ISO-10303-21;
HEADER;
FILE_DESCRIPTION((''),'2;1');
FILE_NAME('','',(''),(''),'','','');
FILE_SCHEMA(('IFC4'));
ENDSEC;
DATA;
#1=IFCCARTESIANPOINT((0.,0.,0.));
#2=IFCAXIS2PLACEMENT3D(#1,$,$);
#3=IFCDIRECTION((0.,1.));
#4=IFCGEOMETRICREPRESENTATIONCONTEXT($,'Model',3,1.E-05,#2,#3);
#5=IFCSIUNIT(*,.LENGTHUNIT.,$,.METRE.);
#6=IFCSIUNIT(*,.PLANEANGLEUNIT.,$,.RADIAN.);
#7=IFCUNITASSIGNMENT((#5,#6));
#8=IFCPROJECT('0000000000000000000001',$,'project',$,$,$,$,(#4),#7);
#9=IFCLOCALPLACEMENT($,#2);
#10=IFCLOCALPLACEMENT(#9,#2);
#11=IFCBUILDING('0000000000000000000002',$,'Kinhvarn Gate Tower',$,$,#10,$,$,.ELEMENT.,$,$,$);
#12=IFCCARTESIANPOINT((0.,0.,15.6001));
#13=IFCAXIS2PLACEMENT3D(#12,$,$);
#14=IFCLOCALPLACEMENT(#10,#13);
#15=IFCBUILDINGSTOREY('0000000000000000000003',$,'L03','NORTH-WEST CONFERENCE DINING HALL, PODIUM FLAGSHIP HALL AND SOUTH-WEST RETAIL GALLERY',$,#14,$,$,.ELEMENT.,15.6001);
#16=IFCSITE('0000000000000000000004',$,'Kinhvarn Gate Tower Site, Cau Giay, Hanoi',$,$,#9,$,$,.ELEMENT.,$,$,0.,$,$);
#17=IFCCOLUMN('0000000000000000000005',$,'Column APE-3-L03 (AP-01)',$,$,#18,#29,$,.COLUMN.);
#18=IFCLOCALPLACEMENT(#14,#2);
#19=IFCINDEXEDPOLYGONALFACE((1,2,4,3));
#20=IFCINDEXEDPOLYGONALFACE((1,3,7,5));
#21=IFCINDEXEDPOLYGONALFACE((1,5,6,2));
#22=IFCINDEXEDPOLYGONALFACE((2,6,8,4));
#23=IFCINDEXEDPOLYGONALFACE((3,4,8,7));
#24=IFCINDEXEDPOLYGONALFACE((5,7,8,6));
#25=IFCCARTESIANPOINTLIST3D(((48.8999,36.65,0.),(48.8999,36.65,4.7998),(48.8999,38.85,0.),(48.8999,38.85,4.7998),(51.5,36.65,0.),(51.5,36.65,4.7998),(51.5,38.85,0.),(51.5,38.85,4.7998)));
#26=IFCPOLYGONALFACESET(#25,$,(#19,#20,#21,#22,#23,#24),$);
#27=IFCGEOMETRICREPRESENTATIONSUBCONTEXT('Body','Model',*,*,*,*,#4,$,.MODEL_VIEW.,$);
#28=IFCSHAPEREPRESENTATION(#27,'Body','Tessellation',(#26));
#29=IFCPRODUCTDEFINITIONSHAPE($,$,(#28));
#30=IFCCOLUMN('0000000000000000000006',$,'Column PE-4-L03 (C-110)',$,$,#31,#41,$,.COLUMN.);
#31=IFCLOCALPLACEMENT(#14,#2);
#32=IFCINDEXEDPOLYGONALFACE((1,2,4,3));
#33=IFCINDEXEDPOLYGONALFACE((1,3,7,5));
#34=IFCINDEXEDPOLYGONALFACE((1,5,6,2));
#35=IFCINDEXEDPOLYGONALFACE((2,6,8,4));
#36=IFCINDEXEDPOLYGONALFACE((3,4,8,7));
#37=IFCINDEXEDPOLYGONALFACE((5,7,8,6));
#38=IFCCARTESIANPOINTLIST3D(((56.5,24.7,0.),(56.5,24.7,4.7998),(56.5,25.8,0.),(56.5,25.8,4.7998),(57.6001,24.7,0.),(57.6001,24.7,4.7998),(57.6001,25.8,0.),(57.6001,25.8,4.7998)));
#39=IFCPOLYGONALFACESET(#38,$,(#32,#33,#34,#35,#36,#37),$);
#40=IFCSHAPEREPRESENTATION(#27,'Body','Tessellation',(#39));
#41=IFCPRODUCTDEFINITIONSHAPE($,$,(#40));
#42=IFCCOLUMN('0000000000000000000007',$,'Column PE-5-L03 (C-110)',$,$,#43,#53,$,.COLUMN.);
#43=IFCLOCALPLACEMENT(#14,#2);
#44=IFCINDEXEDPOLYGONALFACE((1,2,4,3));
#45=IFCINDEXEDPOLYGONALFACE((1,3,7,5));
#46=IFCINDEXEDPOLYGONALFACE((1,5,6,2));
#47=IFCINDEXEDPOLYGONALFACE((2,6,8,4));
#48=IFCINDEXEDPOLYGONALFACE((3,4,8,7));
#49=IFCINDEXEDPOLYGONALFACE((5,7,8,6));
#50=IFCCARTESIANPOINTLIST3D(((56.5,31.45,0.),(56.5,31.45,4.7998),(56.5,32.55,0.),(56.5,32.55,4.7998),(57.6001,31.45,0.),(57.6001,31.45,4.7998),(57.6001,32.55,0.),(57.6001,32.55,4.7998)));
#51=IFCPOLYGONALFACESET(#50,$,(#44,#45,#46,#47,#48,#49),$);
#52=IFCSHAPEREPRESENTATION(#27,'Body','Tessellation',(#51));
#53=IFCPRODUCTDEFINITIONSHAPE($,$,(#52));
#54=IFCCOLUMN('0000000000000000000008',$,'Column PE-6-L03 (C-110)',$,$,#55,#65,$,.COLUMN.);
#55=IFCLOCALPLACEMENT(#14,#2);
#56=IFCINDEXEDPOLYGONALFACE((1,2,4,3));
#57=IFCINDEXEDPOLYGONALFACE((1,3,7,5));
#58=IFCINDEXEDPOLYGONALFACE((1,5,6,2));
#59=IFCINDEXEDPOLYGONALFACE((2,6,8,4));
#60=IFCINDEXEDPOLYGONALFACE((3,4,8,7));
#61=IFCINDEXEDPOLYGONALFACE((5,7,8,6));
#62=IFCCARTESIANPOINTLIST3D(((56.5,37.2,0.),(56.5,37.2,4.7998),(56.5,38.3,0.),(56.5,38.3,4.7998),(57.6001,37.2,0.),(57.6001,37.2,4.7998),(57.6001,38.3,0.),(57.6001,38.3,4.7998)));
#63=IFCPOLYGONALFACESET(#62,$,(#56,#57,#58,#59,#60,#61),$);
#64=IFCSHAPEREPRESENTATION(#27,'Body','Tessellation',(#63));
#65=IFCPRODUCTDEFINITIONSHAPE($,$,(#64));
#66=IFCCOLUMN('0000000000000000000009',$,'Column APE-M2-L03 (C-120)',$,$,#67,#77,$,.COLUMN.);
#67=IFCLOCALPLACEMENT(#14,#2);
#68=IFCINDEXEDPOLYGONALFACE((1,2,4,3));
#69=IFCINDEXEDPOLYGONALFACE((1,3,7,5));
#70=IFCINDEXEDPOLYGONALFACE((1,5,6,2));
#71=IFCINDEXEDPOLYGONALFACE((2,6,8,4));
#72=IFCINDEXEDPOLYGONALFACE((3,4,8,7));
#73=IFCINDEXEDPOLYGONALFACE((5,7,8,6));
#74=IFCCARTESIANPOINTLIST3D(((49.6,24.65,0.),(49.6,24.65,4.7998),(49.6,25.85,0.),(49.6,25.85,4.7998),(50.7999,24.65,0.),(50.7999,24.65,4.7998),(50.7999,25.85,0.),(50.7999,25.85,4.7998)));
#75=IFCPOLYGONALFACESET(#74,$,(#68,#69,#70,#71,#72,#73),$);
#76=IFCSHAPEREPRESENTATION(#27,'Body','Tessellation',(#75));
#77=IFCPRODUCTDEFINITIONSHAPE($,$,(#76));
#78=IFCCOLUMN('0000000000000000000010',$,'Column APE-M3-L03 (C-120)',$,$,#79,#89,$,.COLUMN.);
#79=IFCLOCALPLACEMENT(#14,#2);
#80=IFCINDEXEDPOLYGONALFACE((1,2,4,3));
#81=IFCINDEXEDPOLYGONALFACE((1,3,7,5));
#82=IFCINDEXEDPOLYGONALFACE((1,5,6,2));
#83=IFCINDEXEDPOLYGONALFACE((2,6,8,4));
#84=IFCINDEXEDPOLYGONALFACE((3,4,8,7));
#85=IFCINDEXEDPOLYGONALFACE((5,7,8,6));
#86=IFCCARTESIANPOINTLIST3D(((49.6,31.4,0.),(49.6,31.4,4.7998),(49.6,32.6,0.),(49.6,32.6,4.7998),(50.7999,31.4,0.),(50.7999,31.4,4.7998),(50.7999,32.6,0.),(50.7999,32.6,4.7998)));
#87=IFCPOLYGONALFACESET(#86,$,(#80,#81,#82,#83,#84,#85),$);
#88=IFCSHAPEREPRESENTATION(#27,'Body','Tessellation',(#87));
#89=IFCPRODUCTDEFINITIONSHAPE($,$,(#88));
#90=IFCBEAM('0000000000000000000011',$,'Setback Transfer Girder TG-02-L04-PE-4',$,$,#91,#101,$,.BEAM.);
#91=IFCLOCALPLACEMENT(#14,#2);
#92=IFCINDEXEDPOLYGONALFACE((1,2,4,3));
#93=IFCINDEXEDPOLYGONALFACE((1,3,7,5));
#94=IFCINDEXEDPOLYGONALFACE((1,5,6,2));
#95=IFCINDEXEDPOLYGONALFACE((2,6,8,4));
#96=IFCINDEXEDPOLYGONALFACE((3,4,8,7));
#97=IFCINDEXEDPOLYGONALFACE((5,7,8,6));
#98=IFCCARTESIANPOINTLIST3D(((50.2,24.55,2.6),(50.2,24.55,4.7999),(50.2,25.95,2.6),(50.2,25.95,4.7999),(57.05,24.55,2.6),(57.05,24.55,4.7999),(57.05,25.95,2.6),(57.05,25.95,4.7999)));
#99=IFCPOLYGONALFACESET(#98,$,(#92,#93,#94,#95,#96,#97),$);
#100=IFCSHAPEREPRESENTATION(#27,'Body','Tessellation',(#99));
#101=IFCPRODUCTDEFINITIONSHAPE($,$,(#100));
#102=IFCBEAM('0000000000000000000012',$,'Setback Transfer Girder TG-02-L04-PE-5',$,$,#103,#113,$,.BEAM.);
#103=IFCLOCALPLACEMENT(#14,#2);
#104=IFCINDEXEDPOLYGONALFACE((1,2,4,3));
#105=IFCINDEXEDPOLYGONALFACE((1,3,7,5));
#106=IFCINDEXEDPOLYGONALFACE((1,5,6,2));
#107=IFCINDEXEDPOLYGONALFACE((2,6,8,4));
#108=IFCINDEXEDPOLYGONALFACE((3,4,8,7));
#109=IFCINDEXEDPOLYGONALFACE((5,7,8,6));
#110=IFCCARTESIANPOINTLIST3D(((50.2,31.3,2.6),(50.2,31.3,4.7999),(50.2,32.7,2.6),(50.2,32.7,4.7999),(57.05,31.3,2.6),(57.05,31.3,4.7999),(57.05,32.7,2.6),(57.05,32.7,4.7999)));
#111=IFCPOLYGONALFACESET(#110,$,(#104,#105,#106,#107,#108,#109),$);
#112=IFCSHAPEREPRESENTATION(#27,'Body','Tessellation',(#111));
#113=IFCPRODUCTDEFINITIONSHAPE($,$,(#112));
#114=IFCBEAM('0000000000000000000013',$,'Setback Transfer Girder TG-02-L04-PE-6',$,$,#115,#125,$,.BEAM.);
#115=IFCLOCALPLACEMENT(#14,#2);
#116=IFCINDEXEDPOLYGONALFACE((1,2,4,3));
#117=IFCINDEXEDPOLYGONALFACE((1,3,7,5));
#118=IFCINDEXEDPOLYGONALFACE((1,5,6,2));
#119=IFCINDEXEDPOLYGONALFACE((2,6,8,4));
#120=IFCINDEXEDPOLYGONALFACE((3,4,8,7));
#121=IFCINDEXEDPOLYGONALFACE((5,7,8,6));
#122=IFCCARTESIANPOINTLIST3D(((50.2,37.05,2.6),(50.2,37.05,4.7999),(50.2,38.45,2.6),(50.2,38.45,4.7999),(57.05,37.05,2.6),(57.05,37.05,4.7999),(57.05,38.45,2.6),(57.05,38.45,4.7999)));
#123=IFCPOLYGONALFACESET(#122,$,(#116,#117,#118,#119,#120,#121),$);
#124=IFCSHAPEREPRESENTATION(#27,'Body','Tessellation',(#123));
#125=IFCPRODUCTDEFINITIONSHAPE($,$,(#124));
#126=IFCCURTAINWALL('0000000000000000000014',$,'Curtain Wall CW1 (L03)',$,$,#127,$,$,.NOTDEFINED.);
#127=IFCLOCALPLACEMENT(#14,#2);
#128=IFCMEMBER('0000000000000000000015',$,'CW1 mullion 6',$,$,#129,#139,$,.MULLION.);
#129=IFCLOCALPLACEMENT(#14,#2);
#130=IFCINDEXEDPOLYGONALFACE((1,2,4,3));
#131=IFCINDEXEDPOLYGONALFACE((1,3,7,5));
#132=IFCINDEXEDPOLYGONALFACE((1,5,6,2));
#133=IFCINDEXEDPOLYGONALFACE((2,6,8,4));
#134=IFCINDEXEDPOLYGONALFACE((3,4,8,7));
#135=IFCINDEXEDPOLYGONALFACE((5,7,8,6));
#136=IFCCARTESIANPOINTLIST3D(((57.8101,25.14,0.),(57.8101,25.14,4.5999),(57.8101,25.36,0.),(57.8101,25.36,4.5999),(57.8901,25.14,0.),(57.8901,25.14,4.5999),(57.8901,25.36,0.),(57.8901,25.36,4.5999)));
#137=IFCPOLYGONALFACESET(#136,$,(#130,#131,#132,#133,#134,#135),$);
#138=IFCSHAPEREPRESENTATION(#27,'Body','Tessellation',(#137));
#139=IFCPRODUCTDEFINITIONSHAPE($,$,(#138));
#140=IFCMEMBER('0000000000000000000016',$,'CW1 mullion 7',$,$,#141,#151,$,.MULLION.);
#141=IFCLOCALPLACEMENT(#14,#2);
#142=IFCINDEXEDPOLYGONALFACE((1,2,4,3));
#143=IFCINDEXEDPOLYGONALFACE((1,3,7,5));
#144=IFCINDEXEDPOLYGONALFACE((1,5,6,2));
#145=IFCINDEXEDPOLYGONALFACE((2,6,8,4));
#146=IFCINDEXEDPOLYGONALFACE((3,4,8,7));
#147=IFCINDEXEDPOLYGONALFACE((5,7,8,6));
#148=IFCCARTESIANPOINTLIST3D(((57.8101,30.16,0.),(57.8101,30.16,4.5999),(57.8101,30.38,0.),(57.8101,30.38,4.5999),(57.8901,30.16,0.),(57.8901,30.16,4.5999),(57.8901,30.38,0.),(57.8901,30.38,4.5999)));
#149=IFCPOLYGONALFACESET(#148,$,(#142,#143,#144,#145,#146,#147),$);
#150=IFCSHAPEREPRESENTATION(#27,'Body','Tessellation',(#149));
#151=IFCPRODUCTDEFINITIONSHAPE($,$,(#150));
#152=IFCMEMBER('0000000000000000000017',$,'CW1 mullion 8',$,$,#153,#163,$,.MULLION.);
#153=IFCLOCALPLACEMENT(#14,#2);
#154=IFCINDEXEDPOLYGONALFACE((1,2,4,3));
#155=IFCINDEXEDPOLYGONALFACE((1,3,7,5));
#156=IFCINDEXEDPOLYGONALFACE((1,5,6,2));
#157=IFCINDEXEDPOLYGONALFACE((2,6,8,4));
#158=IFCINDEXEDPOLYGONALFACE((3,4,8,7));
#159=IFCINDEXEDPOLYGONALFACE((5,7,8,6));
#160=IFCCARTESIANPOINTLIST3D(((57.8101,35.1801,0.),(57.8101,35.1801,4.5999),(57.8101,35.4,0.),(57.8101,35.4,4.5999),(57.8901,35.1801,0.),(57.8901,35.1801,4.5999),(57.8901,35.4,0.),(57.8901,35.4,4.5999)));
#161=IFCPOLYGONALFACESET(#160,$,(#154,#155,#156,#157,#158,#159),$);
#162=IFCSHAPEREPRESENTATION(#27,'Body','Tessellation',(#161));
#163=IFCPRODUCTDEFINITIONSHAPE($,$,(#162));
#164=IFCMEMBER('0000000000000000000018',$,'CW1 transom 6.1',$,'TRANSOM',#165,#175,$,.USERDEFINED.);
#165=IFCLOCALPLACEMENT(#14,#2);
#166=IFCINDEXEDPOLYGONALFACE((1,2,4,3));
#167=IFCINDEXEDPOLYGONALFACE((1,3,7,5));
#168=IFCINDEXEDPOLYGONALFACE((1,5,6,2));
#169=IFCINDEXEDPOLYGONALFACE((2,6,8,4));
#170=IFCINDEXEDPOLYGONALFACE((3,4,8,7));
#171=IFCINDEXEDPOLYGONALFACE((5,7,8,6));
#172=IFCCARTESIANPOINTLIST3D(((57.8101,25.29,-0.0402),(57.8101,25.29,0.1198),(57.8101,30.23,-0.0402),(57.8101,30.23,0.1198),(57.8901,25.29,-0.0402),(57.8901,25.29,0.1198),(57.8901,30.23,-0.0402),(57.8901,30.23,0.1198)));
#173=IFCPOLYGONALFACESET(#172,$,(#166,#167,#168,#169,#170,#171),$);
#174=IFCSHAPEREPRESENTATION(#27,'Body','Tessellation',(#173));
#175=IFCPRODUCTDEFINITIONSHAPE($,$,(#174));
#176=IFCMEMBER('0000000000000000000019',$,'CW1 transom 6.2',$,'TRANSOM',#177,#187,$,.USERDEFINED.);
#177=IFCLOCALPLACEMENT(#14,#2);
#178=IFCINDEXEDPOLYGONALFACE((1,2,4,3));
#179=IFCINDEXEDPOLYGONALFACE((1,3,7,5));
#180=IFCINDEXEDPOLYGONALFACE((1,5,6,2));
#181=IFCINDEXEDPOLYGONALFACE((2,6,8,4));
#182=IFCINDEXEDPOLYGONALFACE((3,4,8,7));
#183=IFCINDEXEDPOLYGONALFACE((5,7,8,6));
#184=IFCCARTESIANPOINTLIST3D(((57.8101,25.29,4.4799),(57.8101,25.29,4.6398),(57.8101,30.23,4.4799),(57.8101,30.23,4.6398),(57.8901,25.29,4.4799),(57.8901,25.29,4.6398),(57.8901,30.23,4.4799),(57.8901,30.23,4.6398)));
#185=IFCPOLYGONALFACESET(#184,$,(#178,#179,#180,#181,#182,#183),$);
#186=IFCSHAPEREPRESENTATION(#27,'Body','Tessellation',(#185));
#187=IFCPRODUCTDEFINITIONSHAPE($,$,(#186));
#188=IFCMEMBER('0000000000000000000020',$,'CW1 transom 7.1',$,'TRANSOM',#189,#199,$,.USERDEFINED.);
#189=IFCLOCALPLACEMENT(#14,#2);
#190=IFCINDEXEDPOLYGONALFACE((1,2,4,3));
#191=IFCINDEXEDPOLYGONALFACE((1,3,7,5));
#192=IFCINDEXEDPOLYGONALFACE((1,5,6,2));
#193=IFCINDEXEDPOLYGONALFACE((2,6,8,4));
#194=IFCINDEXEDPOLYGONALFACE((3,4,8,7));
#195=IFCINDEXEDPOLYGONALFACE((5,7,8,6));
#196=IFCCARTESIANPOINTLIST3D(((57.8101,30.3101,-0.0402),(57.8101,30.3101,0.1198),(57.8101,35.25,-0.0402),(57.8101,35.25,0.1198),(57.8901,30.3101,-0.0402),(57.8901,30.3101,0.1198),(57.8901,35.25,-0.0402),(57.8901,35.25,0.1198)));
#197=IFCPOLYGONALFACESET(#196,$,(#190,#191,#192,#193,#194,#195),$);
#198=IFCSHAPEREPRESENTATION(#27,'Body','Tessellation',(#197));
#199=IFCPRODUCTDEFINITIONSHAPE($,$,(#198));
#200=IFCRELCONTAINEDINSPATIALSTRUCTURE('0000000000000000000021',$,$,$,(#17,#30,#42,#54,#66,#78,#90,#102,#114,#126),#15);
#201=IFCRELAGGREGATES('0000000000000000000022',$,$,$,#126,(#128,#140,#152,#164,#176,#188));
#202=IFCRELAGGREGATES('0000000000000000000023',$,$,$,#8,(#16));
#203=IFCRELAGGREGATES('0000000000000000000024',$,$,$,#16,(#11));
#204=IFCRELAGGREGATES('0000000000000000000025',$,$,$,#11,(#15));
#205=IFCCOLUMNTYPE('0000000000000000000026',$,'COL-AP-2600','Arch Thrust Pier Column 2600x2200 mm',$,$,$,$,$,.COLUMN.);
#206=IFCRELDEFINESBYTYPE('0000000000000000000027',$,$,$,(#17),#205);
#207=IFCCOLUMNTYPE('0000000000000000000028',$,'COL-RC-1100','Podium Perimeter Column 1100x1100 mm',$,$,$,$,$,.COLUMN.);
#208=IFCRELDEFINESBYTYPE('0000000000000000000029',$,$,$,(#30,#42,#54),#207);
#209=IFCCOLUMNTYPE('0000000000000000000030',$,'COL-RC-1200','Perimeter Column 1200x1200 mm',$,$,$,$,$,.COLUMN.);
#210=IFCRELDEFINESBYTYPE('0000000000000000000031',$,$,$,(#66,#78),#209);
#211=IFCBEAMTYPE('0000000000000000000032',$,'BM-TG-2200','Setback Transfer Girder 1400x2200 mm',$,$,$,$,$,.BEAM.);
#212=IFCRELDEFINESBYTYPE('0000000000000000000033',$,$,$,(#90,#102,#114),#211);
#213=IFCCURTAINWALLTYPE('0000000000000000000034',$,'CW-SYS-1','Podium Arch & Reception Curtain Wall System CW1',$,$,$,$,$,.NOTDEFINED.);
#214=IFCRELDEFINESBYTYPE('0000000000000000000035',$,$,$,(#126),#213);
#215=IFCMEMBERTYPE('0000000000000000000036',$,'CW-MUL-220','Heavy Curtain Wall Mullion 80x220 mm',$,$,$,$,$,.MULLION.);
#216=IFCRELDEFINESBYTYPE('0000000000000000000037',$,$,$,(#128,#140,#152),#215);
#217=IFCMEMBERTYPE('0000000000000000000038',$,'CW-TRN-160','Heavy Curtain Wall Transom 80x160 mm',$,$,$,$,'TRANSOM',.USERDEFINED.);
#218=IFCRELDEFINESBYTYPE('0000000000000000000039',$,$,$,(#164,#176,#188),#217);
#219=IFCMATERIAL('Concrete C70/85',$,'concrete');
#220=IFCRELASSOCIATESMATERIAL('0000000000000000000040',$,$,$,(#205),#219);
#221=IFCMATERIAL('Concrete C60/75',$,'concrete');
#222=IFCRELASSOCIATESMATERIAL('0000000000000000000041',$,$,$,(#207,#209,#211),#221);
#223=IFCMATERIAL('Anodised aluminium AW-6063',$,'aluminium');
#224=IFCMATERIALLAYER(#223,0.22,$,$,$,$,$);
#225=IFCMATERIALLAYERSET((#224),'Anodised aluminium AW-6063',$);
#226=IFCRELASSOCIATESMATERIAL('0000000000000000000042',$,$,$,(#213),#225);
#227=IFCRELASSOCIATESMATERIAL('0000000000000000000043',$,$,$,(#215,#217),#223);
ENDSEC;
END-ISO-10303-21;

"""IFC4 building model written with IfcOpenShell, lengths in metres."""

from ifc_helpers import new_model, si_unit, direction, frame, origin, origin_2d, place, context, subcontext, project, spatial, rectangle, extrude, material, layer, layer_set, material_profile, profile_set, type_object, element, aggregate, save


model = new_model("IFC4")

# Units and contexts
model_context = context("Model", 3, precision=1e-05, world=origin(), true_north=direction((0.0, 1.0)))
body_context = subcontext(model_context, "Body", "Model", "MODEL_VIEW")
ifc_project = project(units=[si_unit("LENGTHUNIT", "METRE"), si_unit("PLANEANGLEUNIT", "RADIAN")], contexts=[model_context])

# Site, building, storey
site_placement = place(None, origin())
site = spatial("IfcSite", under=ifc_project, at=site_placement, Name="Kinhvarn Gate Tower Site, Cau Giay, Hanoi", CompositionType="ELEMENT", RefElevation=0.0)
building_placement = place(site_placement, origin())
building = spatial("IfcBuilding", under=site, at=building_placement, Name="Kinhvarn Gate Tower", CompositionType="ELEMENT")
storey_placement = place(building_placement, frame((0.0, 0.0, 15.6001)))
storey = spatial("IfcBuildingStorey", under=building, at=storey_placement, Name="L03", Description="NORTH-WEST CONFERENCE DINING HALL, PODIUM FLAGSHIP HALL AND SOUTH-WEST RETAIL GALLERY", CompositionType="ELEMENT", Elevation=15.6001)

# Columns
ifc_material_1 = material(Name="Concrete C70/85", Category="concrete")
ifc_material_profile_1 = material_profile(ifc_material_1, rectangle(XDim=2.6001, YDim=2.2, at=origin_2d()), Name="RC 2600x2200")
ifc_profile_set_1 = profile_set([ifc_material_profile_1], Name="Concrete C70/85")
column_type_1 = type_object("IfcColumnType", Name="COL-AP-2600", Description="Arch Thrust Pier Column 2600x2200 mm", PredefinedType="COLUMN", material=ifc_profile_set_1)
column_placement = place(storey_placement, frame((50.2, 37.75, 0.0), z_axis=(0.0, 0.0, 1.0), x_axis=(1.0, 0.0, 0.0)))
element("IfcColumn", 1, at=column_placement, inside=storey, type_object=column_type_1, Name="Column APE-3-L03 (AP-01)", PredefinedType="COLUMN", context=body_context, shape_type="SweptSolid", body=[
    extrude(rectangle(XDim=2.6001, YDim=2.2, at=origin_2d()), origin(), (0.0, 0.0, 1.0), 4.7998),
])
ifc_material_2 = material(Name="Concrete C60/75", Category="concrete")
ifc_material_profile_2 = material_profile(ifc_material_2, rectangle(XDim=1.1001, YDim=1.1001, at=origin_2d()), Name="RC 1100x1100")
ifc_profile_set_2 = profile_set([ifc_material_profile_2], Name="Concrete C60/75")
column_type_2 = type_object("IfcColumnType", Name="COL-RC-1100", Description="Podium Perimeter Column 1100x1100 mm", PredefinedType="COLUMN", material=ifc_profile_set_2)
for number, where, z_axis, x_axis, name in (
    (2, (57.05, 25.25, 0.0), (0.0, 0.0, 1.0), (1.0, 0.0, 0.0), "Column PE-4-L03 (C-110)"),
    (3, (57.05, 32.0, 0.0), (0.0, 0.0, 1.0), (1.0, 0.0, 0.0), "Column PE-5-L03 (C-110)"),
    (4, (57.05, 37.75, 0.0), (0.0, 0.0, 1.0), (1.0, 0.0, 0.0), "Column PE-6-L03 (C-110)"),
):
    element("IfcColumn", number, at=place(storey_placement, frame(where, z_axis=z_axis, x_axis=x_axis)), inside=storey, type_object=column_type_2, Name=name, PredefinedType="COLUMN", context=body_context, shape_type="SweptSolid", body=[
        extrude(rectangle(XDim=1.1001, YDim=1.1001, at=origin_2d()), origin(), (0.0, 0.0, 1.0), 4.7998),
    ])
ifc_material_profile_3 = material_profile(ifc_material_2, rectangle(XDim=1.2, YDim=1.2, at=origin_2d()), Name="RC 1200x1200")
ifc_profile_set_3 = profile_set([ifc_material_profile_3], Name="Concrete C60/75")
column_type_3 = type_object("IfcColumnType", Name="COL-RC-1200", Description="Perimeter Column 1200x1200 mm", PredefinedType="COLUMN", material=ifc_profile_set_3)
for number, where, z_axis, x_axis, name in (
    (5, (50.2, 25.25, 0.0), (0.0, 0.0, 1.0), (1.0, 0.0, 0.0), "Column APE-M2-L03 (C-120)"),
    (6, (50.2, 32.0, 0.0), (0.0, 0.0, 1.0), (1.0, 0.0, 0.0), "Column APE-M3-L03 (C-120)"),
):
    element("IfcColumn", number, at=place(storey_placement, frame(where, z_axis=z_axis, x_axis=x_axis)), inside=storey, type_object=column_type_3, Name=name, PredefinedType="COLUMN", context=body_context, shape_type="SweptSolid", body=[
        extrude(rectangle(XDim=1.2, YDim=1.2, at=origin_2d()), origin(), (0.0, 0.0, 1.0), 4.7998),
    ])

# Beams
ifc_material_profile_4 = material_profile(ifc_material_2, rectangle(XDim=1.3999, YDim=2.2, at=origin_2d()), Name="RC 1400x2200")
ifc_profile_set_4 = profile_set([ifc_material_profile_4], Name="Concrete C60/75")
beam_type_1 = type_object("IfcBeamType", Name="BM-TG-2200", Description="Setback Transfer Girder 1400x2200 mm", PredefinedType="BEAM", material=ifc_profile_set_4)
for number, where, z_axis, x_axis, name in (
    (7, (50.2, 25.25, 3.7), (1.0, 0.0, 0.0), (0.0, 1.0, 0.0), "Setback Transfer Girder TG-02-L04-PE-4"),
    (8, (50.2, 32.0, 3.7), (1.0, 0.0, 0.0), (0.0, 1.0, 0.0), "Setback Transfer Girder TG-02-L04-PE-5"),
    (9, (50.2, 37.75, 3.7), (1.0, 0.0, 0.0), (0.0, 1.0, 0.0), "Setback Transfer Girder TG-02-L04-PE-6"),
):
    element("IfcBeam", number, at=place(storey_placement, frame(where, z_axis=z_axis, x_axis=x_axis)), inside=storey, type_object=beam_type_1, Name=name, PredefinedType="BEAM", context=body_context, shape_type="SweptSolid", body=[
        extrude(rectangle(XDim=1.3999, YDim=2.2, at=origin_2d()), origin(), (0.0, 0.0, 1.0), 6.8501),
    ])

# Curtain wall, members
ifc_material_3 = material(Name="Anodised aluminium AW-6063", Category="aluminium")
ifc_layer_1 = layer(ifc_material_3, 0.22)
ifc_layer_set_1 = layer_set([ifc_layer_1], Name="Anodised aluminium AW-6063")
curtain_wall_type = type_object("IfcCurtainWallType", Name="CW-SYS-1", Description="Podium Arch & Reception Curtain Wall System CW1", PredefinedType="NOTDEFINED", material=ifc_layer_set_1)
curtain_wall_placement = place(storey_placement, origin())
curtain_wall = element("IfcCurtainWall", 10, at=curtain_wall_placement, inside=storey, type_object=curtain_wall_type, Name="Curtain Wall CW1 (L03)", PredefinedType="NOTDEFINED")
ifc_material_profile_5 = material_profile(ifc_material_3, rectangle(XDim=0.0801, YDim=0.22, at=origin_2d()), Name="ALU 80x220")
ifc_profile_set_5 = profile_set([ifc_material_profile_5], Name="Anodised aluminium AW-6063")
member_type_1 = type_object("IfcMemberType", Name="CW-MUL-220", Description="Heavy Curtain Wall Mullion 80x220 mm", PredefinedType="MULLION", material=ifc_profile_set_5)
member_1_placement = place(storey_placement, frame((57.8501, 25.25, 0.0), z_axis=(0.0, 0.0, 1.0), x_axis=(-1.0, 0.0, 0.0)))
member_1 = element("IfcMember", 11, at=member_1_placement, type_object=member_type_1, Name="CW1 mullion 6", PredefinedType="MULLION", context=body_context, shape_type="SweptSolid", body=[
    extrude(rectangle(XDim=0.0801, YDim=0.22, at=origin_2d()), origin(), (0.0, 0.0, 1.0), 4.5999),
])
member_2_placement = place(storey_placement, frame((57.8501, 30.27, 0.0), z_axis=(0.0, 0.0, 1.0), x_axis=(-1.0, 0.0, 0.0)))
member_2 = element("IfcMember", 12, at=member_2_placement, type_object=member_type_1, Name="CW1 mullion 7", PredefinedType="MULLION", context=body_context, shape_type="SweptSolid", body=[
    extrude(rectangle(XDim=0.0801, YDim=0.22, at=origin_2d()), origin(), (0.0, 0.0, 1.0), 4.5999),
])
member_3_placement = place(storey_placement, frame((57.8501, 35.29, 0.0), z_axis=(0.0, 0.0, 1.0), x_axis=(-1.0, 0.0, 0.0)))
member_3 = element("IfcMember", 13, at=member_3_placement, type_object=member_type_1, Name="CW1 mullion 8", PredefinedType="MULLION", context=body_context, shape_type="SweptSolid", body=[
    extrude(rectangle(XDim=0.0801, YDim=0.22, at=origin_2d()), origin(), (0.0, 0.0, 1.0), 4.5999),
])
ifc_material_profile_6 = material_profile(ifc_material_3, rectangle(XDim=0.0801, YDim=0.1599, at=origin_2d()), Name="ALU 80x160")
ifc_profile_set_6 = profile_set([ifc_material_profile_6], Name="Anodised aluminium AW-6063")
member_type_2 = type_object("IfcMemberType", Name="CW-TRN-160", Description="Heavy Curtain Wall Transom 80x160 mm", ElementType="TRANSOM", PredefinedType="USERDEFINED", material=ifc_profile_set_6)
member_4_placement = place(storey_placement, frame((57.8501, 25.29, 0.0398), z_axis=(0.0, 1.0, 0.0), x_axis=(-1.0, 0.0, 0.0)))
member_4 = element("IfcMember", 14, at=member_4_placement, type_object=member_type_2, Name="CW1 transom 6.1", ObjectType="TRANSOM", PredefinedType="USERDEFINED", context=body_context, shape_type="SweptSolid", body=[
    extrude(rectangle(XDim=0.0801, YDim=0.1599, at=origin_2d()), origin(), (0.0, 0.0, 1.0), 4.9399),
])
member_5_placement = place(storey_placement, frame((57.8501, 25.29, 4.5598), z_axis=(0.0, 1.0, 0.0), x_axis=(-1.0, 0.0, 0.0)))
member_5 = element("IfcMember", 15, at=member_5_placement, type_object=member_type_2, Name="CW1 transom 6.2", ObjectType="TRANSOM", PredefinedType="USERDEFINED", context=body_context, shape_type="SweptSolid", body=[
    extrude(rectangle(XDim=0.0801, YDim=0.1599, at=origin_2d()), origin(), (0.0, 0.0, 1.0), 4.9399),
])
member_6_placement = place(storey_placement, frame((57.8501, 30.3101, 0.0398), z_axis=(0.0, 1.0, 0.0), x_axis=(-1.0, 0.0, 0.0)))
member_6 = element("IfcMember", 16, at=member_6_placement, type_object=member_type_2, Name="CW1 transom 7.1", ObjectType="TRANSOM", PredefinedType="USERDEFINED", context=body_context, shape_type="SweptSolid", body=[
    extrude(rectangle(XDim=0.0801, YDim=0.1599, at=origin_2d()), origin(), (0.0, 0.0, 1.0), 4.9399),
])

aggregate(curtain_wall, [member_1, member_2, member_3, member_4, member_5, member_6])

save(model, "model.ifc")
